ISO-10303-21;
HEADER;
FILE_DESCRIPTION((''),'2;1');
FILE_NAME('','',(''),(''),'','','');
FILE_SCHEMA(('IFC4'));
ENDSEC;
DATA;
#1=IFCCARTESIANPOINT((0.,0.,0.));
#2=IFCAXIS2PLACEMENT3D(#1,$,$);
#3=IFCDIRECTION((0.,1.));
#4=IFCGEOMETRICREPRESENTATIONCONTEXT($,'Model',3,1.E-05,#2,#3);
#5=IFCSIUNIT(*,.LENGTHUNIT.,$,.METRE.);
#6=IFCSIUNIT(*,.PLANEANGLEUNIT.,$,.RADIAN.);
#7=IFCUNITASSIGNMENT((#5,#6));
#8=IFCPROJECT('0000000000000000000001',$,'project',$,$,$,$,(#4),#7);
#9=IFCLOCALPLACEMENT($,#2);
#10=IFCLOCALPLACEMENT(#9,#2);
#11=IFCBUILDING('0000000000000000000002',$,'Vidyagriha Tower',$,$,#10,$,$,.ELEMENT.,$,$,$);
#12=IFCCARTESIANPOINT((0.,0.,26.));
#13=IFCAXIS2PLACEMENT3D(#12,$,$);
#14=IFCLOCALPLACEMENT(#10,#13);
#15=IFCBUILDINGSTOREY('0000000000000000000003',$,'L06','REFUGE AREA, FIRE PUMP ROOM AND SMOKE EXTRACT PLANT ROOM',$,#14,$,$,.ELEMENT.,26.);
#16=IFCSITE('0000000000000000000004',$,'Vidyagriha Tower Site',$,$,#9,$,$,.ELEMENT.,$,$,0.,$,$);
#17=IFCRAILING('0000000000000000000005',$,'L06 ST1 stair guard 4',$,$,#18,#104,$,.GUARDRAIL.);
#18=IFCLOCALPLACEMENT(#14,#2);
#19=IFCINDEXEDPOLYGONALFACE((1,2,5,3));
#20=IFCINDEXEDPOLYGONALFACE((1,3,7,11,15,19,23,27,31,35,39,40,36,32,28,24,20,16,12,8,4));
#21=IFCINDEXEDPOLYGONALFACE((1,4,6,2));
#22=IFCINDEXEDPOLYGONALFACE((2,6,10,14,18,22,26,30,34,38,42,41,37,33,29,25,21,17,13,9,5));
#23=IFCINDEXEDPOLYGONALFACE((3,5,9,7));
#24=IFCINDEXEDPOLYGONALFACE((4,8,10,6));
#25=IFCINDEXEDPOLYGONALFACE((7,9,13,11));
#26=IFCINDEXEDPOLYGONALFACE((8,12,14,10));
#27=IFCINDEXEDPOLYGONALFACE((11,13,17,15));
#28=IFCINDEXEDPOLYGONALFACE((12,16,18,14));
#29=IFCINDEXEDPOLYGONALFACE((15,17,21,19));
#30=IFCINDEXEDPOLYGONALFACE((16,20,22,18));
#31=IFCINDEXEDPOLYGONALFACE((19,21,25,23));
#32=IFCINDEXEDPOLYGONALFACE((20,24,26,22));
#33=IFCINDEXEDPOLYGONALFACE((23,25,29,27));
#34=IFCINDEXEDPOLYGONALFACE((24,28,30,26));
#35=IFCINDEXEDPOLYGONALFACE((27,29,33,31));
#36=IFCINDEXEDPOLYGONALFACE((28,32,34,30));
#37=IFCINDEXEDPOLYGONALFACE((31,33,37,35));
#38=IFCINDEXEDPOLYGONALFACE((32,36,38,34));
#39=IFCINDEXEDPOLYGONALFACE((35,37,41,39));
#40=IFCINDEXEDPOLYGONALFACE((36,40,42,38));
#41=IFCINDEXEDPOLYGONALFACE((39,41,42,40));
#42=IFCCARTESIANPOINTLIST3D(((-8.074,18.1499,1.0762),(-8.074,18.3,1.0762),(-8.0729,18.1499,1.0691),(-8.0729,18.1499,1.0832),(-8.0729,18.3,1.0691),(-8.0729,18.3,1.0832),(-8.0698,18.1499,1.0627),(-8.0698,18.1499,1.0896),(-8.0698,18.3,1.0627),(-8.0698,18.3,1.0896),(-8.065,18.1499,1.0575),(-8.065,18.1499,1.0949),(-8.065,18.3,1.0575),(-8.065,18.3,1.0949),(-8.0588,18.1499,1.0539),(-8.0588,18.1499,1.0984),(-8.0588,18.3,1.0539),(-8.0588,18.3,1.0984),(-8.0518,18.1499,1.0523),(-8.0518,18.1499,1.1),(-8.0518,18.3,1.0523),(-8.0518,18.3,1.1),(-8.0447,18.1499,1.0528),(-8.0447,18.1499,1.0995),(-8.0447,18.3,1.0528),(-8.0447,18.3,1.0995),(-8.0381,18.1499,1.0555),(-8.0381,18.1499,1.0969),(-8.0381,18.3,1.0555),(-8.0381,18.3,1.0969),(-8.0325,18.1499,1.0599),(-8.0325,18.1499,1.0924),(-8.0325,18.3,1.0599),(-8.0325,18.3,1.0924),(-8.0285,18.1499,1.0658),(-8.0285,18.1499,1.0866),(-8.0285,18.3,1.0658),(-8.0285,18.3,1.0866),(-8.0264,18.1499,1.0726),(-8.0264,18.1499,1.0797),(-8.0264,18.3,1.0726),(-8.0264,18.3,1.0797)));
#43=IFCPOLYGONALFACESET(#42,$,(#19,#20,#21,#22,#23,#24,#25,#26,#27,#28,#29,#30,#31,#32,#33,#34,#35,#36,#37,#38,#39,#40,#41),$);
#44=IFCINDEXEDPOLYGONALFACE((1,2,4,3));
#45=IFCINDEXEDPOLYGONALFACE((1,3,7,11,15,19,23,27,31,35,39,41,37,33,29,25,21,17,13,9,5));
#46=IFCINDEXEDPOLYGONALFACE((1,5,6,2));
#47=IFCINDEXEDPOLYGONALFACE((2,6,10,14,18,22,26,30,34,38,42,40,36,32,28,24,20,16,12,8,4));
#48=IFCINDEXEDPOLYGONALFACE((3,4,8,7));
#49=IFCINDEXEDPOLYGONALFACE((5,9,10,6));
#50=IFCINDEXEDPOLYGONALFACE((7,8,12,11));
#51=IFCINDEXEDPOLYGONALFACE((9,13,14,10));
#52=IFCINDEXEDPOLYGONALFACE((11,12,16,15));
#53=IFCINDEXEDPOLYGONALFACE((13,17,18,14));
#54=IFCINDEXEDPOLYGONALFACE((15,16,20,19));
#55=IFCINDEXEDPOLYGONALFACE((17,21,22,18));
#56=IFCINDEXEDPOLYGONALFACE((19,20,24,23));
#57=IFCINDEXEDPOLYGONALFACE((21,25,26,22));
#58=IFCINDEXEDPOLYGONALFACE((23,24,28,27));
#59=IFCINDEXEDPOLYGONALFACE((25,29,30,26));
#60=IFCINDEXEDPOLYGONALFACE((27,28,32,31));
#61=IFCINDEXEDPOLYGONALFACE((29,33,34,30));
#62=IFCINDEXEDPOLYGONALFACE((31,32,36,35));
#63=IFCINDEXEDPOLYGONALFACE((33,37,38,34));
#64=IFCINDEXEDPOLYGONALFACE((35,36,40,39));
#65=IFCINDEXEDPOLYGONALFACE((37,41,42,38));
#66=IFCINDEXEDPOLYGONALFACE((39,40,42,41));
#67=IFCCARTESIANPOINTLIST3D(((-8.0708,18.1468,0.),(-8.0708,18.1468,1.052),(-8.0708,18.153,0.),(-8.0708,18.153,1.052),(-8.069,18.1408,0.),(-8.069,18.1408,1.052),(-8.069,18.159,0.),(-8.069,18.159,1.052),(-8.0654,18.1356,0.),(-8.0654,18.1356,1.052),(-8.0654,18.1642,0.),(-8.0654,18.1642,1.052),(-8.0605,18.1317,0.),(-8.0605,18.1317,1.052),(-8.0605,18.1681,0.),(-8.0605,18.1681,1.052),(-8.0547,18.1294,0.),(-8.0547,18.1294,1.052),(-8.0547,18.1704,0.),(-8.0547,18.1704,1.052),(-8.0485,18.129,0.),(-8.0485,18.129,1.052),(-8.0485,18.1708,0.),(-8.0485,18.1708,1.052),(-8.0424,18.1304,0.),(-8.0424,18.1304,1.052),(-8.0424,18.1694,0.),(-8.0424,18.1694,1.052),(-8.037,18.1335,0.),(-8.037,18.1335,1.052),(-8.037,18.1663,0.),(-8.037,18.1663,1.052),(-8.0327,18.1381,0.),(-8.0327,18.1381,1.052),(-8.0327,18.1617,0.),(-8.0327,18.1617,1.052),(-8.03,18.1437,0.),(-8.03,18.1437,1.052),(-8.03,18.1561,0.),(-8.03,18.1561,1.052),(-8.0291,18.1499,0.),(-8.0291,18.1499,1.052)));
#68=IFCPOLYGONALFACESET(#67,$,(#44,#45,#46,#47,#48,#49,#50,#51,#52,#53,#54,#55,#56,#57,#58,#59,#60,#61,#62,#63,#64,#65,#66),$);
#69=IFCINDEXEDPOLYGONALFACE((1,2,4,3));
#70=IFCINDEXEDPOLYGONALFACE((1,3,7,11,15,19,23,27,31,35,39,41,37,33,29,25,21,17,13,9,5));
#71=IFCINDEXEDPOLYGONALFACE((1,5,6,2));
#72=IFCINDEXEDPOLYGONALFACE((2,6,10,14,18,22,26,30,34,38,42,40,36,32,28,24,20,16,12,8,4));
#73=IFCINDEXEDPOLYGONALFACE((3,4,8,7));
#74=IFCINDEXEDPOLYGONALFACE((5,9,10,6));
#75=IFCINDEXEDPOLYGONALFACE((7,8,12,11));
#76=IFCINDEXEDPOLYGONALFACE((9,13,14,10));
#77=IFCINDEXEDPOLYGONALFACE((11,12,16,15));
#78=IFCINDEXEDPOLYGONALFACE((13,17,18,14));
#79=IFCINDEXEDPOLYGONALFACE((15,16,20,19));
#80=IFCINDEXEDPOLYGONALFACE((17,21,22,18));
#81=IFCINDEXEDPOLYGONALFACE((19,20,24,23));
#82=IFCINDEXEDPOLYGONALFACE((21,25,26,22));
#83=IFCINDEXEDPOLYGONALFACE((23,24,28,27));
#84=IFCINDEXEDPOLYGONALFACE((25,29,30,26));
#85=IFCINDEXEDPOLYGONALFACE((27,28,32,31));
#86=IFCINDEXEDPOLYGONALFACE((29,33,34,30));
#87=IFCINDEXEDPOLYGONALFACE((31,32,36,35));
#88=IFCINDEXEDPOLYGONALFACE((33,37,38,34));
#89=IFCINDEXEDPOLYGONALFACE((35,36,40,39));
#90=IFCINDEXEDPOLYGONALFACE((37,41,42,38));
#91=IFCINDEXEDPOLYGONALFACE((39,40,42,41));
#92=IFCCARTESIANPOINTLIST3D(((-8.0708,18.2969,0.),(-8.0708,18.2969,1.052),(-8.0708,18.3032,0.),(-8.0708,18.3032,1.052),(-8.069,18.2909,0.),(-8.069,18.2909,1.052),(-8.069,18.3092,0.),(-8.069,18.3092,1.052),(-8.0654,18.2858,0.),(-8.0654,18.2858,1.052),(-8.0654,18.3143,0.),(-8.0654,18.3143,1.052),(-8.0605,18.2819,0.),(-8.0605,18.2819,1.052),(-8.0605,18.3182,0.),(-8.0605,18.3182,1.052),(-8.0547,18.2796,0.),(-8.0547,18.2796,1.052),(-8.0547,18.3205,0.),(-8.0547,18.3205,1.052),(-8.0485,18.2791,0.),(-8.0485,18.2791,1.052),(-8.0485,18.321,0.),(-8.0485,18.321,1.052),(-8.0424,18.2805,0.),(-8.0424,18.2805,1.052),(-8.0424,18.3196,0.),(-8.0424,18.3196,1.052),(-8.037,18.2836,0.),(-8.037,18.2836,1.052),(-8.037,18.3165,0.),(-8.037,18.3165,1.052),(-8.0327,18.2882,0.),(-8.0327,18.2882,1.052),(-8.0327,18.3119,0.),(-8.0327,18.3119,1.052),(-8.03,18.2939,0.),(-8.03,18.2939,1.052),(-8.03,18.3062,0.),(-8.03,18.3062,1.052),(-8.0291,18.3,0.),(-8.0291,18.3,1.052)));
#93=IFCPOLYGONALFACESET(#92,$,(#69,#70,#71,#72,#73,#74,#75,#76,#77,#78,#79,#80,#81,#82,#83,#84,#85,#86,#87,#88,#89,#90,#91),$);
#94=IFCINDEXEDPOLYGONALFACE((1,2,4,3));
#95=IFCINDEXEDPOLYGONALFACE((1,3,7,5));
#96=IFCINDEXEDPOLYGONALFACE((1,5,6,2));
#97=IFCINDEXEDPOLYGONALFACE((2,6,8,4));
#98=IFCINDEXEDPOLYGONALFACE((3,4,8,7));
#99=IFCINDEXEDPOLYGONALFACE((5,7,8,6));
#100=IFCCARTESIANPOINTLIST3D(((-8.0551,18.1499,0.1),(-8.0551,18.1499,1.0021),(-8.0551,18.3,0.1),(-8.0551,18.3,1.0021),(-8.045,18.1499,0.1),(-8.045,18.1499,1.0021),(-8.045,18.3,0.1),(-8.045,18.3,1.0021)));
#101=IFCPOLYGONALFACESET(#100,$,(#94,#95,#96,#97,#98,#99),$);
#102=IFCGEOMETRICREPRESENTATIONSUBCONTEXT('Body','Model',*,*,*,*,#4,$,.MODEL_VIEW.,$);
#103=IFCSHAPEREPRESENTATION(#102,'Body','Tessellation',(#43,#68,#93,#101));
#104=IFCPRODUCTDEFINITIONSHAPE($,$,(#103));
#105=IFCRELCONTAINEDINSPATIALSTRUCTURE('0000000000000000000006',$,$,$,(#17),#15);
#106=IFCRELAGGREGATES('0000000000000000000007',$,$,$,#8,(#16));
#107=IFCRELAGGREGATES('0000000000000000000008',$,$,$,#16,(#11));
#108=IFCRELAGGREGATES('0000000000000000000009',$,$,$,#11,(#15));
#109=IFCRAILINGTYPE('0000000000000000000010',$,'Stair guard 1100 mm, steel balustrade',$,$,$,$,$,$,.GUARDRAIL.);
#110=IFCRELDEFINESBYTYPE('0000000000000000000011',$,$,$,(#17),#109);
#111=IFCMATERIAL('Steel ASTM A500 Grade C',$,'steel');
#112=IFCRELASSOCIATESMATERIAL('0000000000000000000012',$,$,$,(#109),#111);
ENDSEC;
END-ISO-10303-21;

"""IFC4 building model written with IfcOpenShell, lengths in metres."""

from ifc_helpers import new_model, si_unit, direction, frame, origin, origin_2d, place, context, subcontext, project, spatial, rectangle, circle, extrude, material, type_object, element, save


model = new_model("IFC4")

# Units and contexts
model_context = context("Model", 3, precision=1e-05, world=origin(), true_north=direction((0.0, 1.0)))
body_context = subcontext(model_context, "Body", "Model", "MODEL_VIEW")
ifc_project = project(units=[si_unit("LENGTHUNIT", "METRE"), si_unit("PLANEANGLEUNIT", "RADIAN")], contexts=[model_context])

# Site, building, storey
site_placement = place(None, origin())
site = spatial("IfcSite", under=ifc_project, at=site_placement, Name="Vidyagriha Tower Site", CompositionType="ELEMENT", RefElevation=0.0)
building_placement = place(site_placement, origin())
building = spatial("IfcBuilding", under=site, at=building_placement, Name="Vidyagriha Tower", CompositionType="ELEMENT")
storey_placement = place(building_placement, frame((0.0, 0.0, 26.0)))
storey = spatial("IfcBuildingStorey", under=building, at=storey_placement, Name="L06", Description="REFUGE AREA, FIRE PUMP ROOM AND SMOKE EXTRACT PLANT ROOM", CompositionType="ELEMENT", Elevation=26.0)

# Railing
ifc_material_1 = material(Name="Steel ASTM A500 Grade C", Category="steel")
railing_type_1 = type_object("IfcRailingType", Name="Stair guard 1100 mm, steel balustrade", PredefinedType="GUARDRAIL", material=ifc_material_1)
railing_1_placement = place(storey_placement, frame((-8.05, 18.1499, 0.0)))
element("IfcRailing", 1, at=railing_1_placement, inside=storey, type_object=railing_type_1, Name="L06 ST1 stair guard 4", PredefinedType="GUARDRAIL", context=body_context, shape_type="SweptSolid", body=[
    extrude(circle(Radius=0.0239, at=origin_2d()), frame((0.0, 0.0, 1.0762), z_axis=(0.0, 1.0, 0.0), x_axis=(-1.0, 0.0, 0.0)), (0.0, 0.0, 1.0), 0.1501),
    extrude(circle(Radius=0.021, at=origin_2d()), origin(), (0.0, 0.0, 1.0), 1.052),
    extrude(circle(Radius=0.021, at=origin_2d()), frame((0.0, 0.1501, 0.0)), (0.0, 0.0, 1.0), 1.052),
    extrude(rectangle(XDim=0.01, YDim=0.9021, at=origin_2d()), frame((0.0, 0.0, 0.551), z_axis=(0.0, 1.0, 0.0), x_axis=(-1.0, 0.0, 0.0)), (0.0, 0.0, 1.0), 0.1501),
])

save(model, "model.ifc")
